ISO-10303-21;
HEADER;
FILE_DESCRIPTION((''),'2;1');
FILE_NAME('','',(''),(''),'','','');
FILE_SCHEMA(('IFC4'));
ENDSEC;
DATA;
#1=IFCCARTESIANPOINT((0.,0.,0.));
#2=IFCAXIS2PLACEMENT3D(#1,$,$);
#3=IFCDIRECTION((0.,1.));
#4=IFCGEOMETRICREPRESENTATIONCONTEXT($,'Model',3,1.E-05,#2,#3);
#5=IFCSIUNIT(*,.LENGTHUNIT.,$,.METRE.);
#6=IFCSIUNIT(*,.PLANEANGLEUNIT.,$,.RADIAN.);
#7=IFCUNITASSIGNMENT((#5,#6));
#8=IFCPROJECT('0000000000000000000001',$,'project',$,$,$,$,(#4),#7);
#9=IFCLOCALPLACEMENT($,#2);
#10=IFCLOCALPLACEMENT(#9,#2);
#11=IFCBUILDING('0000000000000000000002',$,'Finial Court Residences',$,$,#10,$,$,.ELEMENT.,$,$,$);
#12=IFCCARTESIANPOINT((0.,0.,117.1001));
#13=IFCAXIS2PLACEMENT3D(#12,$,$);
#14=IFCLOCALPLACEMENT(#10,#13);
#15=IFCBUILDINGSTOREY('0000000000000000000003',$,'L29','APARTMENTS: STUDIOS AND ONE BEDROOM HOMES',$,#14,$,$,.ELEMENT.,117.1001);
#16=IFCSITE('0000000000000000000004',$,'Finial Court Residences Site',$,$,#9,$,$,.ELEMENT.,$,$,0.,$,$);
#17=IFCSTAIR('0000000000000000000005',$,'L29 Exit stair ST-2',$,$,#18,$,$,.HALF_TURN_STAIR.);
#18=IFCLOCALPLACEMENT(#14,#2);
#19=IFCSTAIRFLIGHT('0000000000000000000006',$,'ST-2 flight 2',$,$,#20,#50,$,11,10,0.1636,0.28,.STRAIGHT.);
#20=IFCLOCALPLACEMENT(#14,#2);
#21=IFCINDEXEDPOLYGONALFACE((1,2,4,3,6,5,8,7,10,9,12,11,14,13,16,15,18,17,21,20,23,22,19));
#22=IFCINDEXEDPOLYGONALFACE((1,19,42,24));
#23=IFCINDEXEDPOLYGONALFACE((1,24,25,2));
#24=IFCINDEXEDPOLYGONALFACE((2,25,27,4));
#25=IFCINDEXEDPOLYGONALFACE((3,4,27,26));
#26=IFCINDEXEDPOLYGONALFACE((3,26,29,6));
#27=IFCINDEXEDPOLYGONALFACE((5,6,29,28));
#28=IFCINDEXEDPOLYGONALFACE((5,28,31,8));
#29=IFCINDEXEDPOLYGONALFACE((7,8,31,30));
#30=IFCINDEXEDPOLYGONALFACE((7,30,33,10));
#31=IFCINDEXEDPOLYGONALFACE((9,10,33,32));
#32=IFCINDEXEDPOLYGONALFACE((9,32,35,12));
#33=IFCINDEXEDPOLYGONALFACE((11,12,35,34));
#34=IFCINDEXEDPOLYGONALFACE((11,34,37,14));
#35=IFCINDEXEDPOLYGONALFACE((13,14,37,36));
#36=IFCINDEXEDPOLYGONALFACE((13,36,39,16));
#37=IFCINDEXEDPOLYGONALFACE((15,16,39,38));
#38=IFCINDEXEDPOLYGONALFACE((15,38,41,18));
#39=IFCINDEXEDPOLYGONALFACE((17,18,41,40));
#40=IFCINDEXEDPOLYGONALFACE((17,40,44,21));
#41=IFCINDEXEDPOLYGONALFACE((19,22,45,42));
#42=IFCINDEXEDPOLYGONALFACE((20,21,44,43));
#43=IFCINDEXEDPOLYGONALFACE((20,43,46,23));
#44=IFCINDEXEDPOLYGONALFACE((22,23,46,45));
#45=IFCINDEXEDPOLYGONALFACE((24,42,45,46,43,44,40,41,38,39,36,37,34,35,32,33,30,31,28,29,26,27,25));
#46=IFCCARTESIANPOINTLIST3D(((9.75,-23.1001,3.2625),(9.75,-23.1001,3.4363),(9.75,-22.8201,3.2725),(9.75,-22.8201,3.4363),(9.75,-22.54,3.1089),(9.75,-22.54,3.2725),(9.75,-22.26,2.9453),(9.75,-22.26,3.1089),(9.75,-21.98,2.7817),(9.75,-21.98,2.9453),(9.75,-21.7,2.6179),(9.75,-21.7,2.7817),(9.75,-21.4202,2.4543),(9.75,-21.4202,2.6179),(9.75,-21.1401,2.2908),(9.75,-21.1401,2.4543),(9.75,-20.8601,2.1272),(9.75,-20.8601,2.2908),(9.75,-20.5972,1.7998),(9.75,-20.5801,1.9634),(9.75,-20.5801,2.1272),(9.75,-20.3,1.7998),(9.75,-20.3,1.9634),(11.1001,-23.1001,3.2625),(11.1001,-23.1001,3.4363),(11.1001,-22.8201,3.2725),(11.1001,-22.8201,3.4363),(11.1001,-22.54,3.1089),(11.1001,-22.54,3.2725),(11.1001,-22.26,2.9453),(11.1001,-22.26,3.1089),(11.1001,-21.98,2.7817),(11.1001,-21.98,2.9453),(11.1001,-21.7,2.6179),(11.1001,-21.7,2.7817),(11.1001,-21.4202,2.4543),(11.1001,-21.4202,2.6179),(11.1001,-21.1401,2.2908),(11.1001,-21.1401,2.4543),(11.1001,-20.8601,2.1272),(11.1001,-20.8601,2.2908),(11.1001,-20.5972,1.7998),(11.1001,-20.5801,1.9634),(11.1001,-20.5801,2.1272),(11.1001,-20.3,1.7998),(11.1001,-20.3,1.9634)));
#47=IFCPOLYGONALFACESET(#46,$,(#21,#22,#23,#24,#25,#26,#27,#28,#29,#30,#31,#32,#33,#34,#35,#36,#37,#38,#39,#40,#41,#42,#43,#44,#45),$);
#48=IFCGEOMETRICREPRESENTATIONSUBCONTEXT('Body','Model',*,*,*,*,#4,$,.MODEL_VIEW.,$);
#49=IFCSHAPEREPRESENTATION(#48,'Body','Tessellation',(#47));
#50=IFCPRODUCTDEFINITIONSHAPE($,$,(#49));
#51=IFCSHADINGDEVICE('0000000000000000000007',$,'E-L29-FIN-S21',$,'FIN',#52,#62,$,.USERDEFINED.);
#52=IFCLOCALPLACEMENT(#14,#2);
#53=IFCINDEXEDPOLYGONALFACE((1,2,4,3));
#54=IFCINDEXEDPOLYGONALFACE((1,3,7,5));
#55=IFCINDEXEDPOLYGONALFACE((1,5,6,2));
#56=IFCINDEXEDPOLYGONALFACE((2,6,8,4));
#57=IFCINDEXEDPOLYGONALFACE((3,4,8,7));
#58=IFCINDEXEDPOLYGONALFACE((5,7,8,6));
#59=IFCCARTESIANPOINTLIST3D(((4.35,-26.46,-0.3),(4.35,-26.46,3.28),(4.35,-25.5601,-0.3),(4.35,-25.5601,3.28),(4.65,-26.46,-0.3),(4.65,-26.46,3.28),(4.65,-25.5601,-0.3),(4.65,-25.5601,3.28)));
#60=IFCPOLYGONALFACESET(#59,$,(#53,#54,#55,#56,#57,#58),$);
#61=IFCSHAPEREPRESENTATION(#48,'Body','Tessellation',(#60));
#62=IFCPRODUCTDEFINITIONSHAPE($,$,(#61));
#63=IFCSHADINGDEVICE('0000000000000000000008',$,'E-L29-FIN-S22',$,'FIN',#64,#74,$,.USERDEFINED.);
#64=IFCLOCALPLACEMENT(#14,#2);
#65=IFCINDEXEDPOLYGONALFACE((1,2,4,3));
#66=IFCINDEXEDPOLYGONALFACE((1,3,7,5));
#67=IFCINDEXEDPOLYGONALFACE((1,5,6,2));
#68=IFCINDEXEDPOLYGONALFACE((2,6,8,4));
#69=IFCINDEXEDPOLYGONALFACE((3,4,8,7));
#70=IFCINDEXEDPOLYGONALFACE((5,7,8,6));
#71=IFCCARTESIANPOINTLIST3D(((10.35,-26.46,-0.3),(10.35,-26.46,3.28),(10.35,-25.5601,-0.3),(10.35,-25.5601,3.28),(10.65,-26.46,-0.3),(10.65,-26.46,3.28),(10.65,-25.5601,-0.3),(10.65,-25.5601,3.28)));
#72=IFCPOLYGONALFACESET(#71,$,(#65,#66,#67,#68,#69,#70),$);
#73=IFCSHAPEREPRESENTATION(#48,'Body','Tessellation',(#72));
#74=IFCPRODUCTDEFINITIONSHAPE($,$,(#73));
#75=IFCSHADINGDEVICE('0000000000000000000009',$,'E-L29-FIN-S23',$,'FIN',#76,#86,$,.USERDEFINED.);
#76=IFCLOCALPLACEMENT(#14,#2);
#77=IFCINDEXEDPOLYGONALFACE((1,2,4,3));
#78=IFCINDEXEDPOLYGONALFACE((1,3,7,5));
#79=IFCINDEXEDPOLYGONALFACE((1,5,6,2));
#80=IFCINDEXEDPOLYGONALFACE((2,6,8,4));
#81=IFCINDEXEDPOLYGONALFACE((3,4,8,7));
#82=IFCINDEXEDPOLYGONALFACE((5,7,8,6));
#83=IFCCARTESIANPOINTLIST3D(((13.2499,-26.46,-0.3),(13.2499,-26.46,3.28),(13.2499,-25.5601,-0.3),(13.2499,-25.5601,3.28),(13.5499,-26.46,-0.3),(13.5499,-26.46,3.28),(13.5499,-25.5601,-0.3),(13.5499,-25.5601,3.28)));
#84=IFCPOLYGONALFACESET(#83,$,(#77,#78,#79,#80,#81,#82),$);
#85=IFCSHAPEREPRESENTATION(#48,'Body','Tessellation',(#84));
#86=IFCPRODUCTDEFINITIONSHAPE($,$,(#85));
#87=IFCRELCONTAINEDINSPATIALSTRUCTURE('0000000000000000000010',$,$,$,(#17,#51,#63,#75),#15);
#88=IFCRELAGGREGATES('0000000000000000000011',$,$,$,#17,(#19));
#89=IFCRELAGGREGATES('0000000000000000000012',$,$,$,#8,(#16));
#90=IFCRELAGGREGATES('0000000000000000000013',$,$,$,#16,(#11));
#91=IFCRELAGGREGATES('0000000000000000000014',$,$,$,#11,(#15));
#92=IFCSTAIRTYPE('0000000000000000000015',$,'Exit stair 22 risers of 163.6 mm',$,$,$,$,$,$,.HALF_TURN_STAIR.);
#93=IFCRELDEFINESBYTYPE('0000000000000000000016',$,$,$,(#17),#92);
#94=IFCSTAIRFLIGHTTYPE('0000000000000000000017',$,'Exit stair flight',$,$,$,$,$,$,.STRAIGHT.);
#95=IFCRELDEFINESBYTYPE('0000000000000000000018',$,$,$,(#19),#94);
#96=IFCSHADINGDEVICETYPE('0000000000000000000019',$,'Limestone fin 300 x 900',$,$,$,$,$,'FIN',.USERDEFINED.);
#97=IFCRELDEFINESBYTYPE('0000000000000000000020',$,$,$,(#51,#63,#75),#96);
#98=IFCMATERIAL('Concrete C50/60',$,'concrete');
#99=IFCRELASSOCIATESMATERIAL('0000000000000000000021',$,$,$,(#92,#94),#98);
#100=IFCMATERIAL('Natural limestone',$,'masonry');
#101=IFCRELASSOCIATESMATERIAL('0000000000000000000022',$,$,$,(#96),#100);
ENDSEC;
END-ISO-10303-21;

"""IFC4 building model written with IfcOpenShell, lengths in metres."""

from ifc_helpers import new_model, si_unit, direction, frame, origin, origin_2d, place, context, subcontext, project, spatial, polyline, rectangle, outline, extrude, material, type_object, element, aggregate, save


model = new_model("IFC4")

# Units and contexts
model_context = context("Model", 3, precision=1e-05, world=origin(), true_north=direction((0.0, 1.0)))
body_context = subcontext(model_context, "Body", "Model", "MODEL_VIEW")
ifc_project = project(units=[si_unit("LENGTHUNIT", "METRE"), si_unit("PLANEANGLEUNIT", "RADIAN")], contexts=[model_context])

# Site, building, storey
site_placement = place(None, origin())
site = spatial("IfcSite", under=ifc_project, at=site_placement, Name="Finial Court Residences Site", CompositionType="ELEMENT", RefElevation=0.0)
building_placement = place(site_placement, origin())
building = spatial("IfcBuilding", under=site, at=building_placement, Name="Finial Court Residences", CompositionType="ELEMENT")
storey_placement = place(building_placement, frame((0.0, 0.0, 117.1001)))
storey = spatial("IfcBuildingStorey", under=building, at=storey_placement, Name="L29", Description="APARTMENTS: STUDIOS AND ONE BEDROOM HOMES", CompositionType="ELEMENT", Elevation=117.1001)

# Stair, stair flight
ifc_material_1 = material(Name="Concrete C50/60", Category="concrete")
stair_type = type_object("IfcStairType", Name="Exit stair 22 risers of 163.6 mm", PredefinedType="HALF_TURN_STAIR", material=ifc_material_1)
stair_placement = place(storey_placement, origin())
stair = element("IfcStair", 1, at=stair_placement, inside=storey, type_object=stair_type, Name="L29 Exit stair ST-2", PredefinedType="HALF_TURN_STAIR")
stair_flight_type = type_object("IfcStairFlightType", Name="Exit stair flight", PredefinedType="STRAIGHT", material=ifc_material_1)
stair_flight_1_placement = place(storey_placement, frame((10.425, -20.3, 1.7998), z_axis=(0.0, 0.0, 1.0), x_axis=(0.0, -1.0, 0.0)))
stair_flight_1 = element("IfcStairFlight", 2, at=stair_flight_1_placement, type_object=stair_flight_type, Name="ST-2 flight 2", NumberOfRisers=11, NumberOfTreads=10, PredefinedType="STRAIGHT", RiserHeight=0.1636, TreadLength=0.28, context=body_context, shape_type="SweptSolid", body=[
    extrude(outline(polyline([(0.0, 0.0), (0.0, 0.1636), (0.28, 0.1636), (0.28, 0.3274), (0.5601, 0.3274), (0.5601, 0.491), (0.8401, 0.491), (0.8401, 0.6545), (1.1201, 0.6545), (1.1201, 0.8181), (1.3999, 0.8181), (1.3999, 0.9819), (1.6799, 0.9819), (1.6799, 1.1455), (1.96, 1.1455), (1.96, 1.3091), (2.24, 1.3091), (2.24, 1.4727), (2.52, 1.4727), (2.52, 1.6365), (2.8, 1.6365), (2.8, 1.8), (2.8, 1.4626), (0.2971, 0.0), (0.0, 0.0)])), frame((0.0, 0.675, 0.0), z_axis=(0.0, -1.0, 0.0), x_axis=(1.0, 0.0, 0.0)), (0.0, 0.0, 1.0), 1.3501),
])
aggregate(stair, [stair_flight_1])

# Shading devices
ifc_material_2 = material(Name="Natural limestone", Category="masonry")
shading_device_type = type_object("IfcShadingDeviceType", Name="Limestone fin 300 x 900", ElementType="FIN", PredefinedType="USERDEFINED", material=ifc_material_2)
for number, where, z_axis, x_axis, name in (
    (3, (4.5, -26.01, -0.3), (0.0, 0.0, 1.0), (1.0, 0.0, 0.0), "E-L29-FIN-S21"),
    (4, (10.5, -26.01, -0.3), (0.0, 0.0, 1.0), (1.0, 0.0, 0.0), "E-L29-FIN-S22"),
    (5, (13.3999, -26.01, -0.3), (0.0, 0.0, 1.0), (1.0, 0.0, 0.0), "E-L29-FIN-S23"),
):
    element("IfcShadingDevice", number, at=place(storey_placement, frame(where, z_axis=z_axis, x_axis=x_axis)), inside=storey, type_object=shading_device_type, Name=name, ObjectType="FIN", PredefinedType="USERDEFINED", context=body_context, shape_type="SweptSolid", body=[
        extrude(rectangle(XDim=0.3, YDim=0.8999, at=origin_2d()), origin(), (0.0, 0.0, 1.0), 3.5801),
    ])

save(model, "model.ifc")
